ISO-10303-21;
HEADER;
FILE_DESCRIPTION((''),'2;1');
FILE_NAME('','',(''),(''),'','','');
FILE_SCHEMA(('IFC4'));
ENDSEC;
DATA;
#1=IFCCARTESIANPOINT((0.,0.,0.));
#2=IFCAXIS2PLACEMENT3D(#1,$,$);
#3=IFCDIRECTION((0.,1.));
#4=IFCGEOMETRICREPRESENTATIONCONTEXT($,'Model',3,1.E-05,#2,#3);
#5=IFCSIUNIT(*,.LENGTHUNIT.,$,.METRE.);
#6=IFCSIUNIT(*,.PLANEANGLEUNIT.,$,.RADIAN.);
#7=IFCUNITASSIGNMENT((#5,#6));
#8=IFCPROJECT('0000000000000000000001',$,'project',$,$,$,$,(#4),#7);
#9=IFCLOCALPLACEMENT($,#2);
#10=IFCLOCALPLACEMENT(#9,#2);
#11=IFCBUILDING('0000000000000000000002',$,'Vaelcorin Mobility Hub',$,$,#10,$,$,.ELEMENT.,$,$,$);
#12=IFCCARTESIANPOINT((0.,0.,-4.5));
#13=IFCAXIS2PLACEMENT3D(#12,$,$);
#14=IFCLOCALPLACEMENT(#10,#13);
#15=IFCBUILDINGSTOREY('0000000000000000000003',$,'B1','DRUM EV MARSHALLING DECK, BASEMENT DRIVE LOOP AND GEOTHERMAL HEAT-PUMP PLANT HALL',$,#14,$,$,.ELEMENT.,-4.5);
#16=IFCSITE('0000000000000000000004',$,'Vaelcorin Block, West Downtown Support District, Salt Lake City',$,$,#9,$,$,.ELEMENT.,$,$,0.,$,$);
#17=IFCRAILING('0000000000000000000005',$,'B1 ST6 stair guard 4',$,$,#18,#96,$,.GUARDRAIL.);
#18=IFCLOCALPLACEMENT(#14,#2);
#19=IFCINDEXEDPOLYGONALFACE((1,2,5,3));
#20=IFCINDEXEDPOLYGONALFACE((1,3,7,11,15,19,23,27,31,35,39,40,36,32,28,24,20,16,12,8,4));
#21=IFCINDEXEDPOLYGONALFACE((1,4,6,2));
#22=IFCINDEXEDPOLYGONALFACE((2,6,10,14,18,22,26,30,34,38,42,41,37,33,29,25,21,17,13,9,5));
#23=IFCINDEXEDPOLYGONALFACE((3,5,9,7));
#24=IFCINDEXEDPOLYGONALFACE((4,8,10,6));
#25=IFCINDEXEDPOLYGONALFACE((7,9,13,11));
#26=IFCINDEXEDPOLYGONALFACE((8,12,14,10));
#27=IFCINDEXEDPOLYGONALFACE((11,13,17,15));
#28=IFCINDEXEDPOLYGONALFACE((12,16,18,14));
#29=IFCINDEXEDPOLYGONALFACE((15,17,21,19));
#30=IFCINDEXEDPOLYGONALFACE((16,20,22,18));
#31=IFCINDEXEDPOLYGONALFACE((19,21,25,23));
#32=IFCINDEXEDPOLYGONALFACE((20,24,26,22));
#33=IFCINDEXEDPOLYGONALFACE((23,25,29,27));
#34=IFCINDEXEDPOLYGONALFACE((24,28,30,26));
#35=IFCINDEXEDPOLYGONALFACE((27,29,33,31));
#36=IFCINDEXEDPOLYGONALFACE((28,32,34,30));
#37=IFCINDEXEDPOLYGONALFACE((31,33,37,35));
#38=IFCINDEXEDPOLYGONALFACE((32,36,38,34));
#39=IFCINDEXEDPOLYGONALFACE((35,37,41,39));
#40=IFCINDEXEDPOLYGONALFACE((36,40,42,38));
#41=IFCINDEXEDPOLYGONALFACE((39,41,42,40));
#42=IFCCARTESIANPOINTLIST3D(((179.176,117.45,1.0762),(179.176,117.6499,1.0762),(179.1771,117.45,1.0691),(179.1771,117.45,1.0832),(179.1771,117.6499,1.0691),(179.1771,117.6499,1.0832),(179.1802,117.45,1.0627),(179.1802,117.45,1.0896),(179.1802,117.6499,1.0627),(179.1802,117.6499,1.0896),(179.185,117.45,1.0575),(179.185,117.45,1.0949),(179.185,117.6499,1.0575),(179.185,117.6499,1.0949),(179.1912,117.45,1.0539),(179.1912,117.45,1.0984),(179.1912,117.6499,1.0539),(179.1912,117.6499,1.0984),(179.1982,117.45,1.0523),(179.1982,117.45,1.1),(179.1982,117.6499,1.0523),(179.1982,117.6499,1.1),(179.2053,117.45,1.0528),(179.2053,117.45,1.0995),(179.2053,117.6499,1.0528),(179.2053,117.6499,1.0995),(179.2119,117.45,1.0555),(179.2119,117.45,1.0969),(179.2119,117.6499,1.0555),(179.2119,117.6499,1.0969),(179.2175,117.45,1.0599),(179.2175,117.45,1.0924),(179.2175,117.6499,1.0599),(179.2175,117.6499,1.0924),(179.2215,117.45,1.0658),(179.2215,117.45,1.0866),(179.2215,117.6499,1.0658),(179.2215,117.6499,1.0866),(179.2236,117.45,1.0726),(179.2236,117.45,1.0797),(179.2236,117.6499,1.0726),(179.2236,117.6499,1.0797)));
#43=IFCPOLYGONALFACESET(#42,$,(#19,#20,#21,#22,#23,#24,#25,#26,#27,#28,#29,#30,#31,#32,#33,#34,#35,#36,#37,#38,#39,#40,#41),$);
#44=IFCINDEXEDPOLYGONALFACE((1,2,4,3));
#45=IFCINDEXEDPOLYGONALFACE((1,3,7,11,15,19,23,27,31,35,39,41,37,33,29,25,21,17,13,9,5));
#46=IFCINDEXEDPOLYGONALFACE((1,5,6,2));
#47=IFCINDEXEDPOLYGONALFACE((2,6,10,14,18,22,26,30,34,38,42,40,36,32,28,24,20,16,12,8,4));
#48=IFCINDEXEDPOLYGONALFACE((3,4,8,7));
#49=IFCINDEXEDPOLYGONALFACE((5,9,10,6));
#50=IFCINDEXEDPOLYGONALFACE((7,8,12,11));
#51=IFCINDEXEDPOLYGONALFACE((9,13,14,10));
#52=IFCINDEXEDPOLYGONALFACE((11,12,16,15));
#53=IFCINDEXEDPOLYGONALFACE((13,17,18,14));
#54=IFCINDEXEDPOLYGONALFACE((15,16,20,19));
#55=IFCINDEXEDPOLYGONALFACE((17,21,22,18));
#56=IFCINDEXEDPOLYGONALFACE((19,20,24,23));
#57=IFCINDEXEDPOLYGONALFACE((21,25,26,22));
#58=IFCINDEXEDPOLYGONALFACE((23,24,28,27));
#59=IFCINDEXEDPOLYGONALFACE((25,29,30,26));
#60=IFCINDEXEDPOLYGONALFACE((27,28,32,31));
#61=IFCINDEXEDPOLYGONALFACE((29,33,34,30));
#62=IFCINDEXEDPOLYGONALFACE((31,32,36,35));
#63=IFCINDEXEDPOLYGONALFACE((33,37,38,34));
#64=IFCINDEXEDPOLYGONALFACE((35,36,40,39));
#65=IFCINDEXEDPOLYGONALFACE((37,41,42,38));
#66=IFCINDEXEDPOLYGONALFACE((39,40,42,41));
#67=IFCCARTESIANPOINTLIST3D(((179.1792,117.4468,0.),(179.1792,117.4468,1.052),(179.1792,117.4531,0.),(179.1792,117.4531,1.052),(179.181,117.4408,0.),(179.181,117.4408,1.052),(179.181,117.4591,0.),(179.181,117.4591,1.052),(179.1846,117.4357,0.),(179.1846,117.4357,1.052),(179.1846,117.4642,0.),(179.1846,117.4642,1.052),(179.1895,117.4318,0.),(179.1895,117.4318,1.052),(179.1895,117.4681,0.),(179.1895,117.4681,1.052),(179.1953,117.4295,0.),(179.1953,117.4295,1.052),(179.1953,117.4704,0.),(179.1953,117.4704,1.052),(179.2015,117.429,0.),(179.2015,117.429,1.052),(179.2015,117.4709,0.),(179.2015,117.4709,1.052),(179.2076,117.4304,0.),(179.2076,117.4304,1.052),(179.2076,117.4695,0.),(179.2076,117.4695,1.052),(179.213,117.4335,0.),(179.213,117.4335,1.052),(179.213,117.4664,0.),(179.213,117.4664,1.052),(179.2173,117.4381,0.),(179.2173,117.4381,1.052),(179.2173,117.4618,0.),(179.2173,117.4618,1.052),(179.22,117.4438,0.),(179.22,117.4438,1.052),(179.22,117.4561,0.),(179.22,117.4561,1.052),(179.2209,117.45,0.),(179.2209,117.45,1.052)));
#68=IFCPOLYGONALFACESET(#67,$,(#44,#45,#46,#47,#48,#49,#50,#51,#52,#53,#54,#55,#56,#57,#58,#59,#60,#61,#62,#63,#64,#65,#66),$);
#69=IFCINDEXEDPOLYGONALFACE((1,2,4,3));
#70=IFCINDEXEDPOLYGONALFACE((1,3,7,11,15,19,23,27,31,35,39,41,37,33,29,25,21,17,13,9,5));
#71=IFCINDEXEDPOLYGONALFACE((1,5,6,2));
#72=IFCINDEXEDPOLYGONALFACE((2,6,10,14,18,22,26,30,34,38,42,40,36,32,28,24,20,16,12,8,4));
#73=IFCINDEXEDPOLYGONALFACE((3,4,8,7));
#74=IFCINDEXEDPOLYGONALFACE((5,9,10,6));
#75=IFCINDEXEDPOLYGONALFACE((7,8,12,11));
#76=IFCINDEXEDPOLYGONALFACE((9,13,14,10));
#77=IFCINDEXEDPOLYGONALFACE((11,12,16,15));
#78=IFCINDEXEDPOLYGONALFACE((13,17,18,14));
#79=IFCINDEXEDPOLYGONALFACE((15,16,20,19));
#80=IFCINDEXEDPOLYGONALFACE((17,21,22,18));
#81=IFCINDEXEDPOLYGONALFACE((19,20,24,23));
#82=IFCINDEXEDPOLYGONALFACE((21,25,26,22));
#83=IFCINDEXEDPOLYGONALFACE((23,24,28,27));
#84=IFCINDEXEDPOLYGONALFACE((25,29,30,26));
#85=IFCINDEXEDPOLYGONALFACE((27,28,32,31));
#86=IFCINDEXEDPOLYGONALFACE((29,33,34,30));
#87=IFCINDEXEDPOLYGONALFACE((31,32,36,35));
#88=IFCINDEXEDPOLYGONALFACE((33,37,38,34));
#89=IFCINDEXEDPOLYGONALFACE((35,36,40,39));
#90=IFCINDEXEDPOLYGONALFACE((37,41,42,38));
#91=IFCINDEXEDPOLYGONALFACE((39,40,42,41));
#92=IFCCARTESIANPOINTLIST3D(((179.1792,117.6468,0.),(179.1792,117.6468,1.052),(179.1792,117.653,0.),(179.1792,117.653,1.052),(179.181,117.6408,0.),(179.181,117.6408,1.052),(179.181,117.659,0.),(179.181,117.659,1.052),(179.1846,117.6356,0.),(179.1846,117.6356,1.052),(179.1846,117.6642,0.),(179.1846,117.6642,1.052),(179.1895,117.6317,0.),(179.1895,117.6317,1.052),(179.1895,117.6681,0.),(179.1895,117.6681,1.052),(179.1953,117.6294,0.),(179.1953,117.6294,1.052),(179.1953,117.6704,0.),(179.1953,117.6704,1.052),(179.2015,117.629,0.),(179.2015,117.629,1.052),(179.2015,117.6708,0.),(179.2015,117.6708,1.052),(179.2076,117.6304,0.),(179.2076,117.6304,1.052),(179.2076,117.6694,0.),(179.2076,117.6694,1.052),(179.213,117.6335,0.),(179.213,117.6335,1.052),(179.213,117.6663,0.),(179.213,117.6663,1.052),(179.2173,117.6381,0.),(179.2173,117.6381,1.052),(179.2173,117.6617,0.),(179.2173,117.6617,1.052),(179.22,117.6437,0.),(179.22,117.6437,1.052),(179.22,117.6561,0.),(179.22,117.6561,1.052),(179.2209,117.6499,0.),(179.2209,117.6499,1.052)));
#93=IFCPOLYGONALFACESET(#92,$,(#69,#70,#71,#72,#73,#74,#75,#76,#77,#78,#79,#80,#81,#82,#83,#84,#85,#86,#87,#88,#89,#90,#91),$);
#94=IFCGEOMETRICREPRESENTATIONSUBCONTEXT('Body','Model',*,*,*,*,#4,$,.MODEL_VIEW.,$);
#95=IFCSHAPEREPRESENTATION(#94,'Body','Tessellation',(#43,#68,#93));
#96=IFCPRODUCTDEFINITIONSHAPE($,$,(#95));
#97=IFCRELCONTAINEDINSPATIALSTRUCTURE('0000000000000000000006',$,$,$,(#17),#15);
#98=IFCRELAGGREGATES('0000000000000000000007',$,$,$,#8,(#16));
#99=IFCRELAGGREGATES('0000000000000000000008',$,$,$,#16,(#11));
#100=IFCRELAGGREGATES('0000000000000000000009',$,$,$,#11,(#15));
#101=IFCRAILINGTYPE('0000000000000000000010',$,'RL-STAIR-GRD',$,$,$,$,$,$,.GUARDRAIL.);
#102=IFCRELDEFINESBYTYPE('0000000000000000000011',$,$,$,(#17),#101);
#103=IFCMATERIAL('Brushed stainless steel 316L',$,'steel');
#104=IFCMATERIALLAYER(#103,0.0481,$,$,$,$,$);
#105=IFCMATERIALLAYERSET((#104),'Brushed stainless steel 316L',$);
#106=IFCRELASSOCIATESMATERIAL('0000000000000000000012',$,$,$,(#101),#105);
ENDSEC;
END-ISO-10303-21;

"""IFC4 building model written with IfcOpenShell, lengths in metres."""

from ifc_helpers import new_model, si_unit, direction, frame, origin, origin_2d, place, context, subcontext, project, spatial, circle, extrude, material, layer, layer_set, type_object, element, save


model = new_model("IFC4")

# Units and contexts
model_context = context("Model", 3, precision=1e-05, world=origin(), true_north=direction((0.0, 1.0)))
body_context = subcontext(model_context, "Body", "Model", "MODEL_VIEW")
ifc_project = project(units=[si_unit("LENGTHUNIT", "METRE"), si_unit("PLANEANGLEUNIT", "RADIAN")], contexts=[model_context])

# Site, building, storey
site_placement = place(None, origin())
site = spatial("IfcSite", under=ifc_project, at=site_placement, Name="Vaelcorin Block, West Downtown Support District, Salt Lake City", CompositionType="ELEMENT", RefElevation=0.0)
building_placement = place(site_placement, origin())
building = spatial("IfcBuilding", under=site, at=building_placement, Name="Vaelcorin Mobility Hub", CompositionType="ELEMENT")
storey_placement = place(building_placement, frame((0.0, 0.0, -4.5)))
storey = spatial("IfcBuildingStorey", under=building, at=storey_placement, Name="B1", Description="DRUM EV MARSHALLING DECK, BASEMENT DRIVE LOOP AND GEOTHERMAL HEAT-PUMP PLANT HALL", CompositionType="ELEMENT", Elevation=-4.5)

# Railing
ifc_material_1 = material(Name="Brushed stainless steel 316L", Category="steel")
ifc_layer_1 = layer(ifc_material_1, 0.0481)
ifc_layer_set_1 = layer_set([ifc_layer_1], Name="Brushed stainless steel 316L")
railing_type_1 = type_object("IfcRailingType", Name="RL-STAIR-GRD", PredefinedType="GUARDRAIL", material=ifc_layer_set_1)
railing_1_placement = place(storey_placement, frame((179.2, 117.45, 0.0)))
element("IfcRailing", 1, at=railing_1_placement, inside=storey, type_object=railing_type_1, Name="B1 ST6 stair guard 4", PredefinedType="GUARDRAIL", context=body_context, shape_type="SweptSolid", body=[
    extrude(circle(Radius=0.0239, at=origin_2d()), frame((0.0, 0.0, 1.0762), z_axis=(0.0, 1.0, 0.0), x_axis=(-1.0, 0.0, 0.0)), (0.0, 0.0, 1.0), 0.2),
    extrude(circle(Radius=0.021, at=origin_2d()), origin(), (0.0, 0.0, 1.0), 1.052),
    extrude(circle(Radius=0.021, at=origin_2d()), frame((0.0, 0.2, 0.0)), (0.0, 0.0, 1.0), 1.052),
])

save(model, "model.ifc")
